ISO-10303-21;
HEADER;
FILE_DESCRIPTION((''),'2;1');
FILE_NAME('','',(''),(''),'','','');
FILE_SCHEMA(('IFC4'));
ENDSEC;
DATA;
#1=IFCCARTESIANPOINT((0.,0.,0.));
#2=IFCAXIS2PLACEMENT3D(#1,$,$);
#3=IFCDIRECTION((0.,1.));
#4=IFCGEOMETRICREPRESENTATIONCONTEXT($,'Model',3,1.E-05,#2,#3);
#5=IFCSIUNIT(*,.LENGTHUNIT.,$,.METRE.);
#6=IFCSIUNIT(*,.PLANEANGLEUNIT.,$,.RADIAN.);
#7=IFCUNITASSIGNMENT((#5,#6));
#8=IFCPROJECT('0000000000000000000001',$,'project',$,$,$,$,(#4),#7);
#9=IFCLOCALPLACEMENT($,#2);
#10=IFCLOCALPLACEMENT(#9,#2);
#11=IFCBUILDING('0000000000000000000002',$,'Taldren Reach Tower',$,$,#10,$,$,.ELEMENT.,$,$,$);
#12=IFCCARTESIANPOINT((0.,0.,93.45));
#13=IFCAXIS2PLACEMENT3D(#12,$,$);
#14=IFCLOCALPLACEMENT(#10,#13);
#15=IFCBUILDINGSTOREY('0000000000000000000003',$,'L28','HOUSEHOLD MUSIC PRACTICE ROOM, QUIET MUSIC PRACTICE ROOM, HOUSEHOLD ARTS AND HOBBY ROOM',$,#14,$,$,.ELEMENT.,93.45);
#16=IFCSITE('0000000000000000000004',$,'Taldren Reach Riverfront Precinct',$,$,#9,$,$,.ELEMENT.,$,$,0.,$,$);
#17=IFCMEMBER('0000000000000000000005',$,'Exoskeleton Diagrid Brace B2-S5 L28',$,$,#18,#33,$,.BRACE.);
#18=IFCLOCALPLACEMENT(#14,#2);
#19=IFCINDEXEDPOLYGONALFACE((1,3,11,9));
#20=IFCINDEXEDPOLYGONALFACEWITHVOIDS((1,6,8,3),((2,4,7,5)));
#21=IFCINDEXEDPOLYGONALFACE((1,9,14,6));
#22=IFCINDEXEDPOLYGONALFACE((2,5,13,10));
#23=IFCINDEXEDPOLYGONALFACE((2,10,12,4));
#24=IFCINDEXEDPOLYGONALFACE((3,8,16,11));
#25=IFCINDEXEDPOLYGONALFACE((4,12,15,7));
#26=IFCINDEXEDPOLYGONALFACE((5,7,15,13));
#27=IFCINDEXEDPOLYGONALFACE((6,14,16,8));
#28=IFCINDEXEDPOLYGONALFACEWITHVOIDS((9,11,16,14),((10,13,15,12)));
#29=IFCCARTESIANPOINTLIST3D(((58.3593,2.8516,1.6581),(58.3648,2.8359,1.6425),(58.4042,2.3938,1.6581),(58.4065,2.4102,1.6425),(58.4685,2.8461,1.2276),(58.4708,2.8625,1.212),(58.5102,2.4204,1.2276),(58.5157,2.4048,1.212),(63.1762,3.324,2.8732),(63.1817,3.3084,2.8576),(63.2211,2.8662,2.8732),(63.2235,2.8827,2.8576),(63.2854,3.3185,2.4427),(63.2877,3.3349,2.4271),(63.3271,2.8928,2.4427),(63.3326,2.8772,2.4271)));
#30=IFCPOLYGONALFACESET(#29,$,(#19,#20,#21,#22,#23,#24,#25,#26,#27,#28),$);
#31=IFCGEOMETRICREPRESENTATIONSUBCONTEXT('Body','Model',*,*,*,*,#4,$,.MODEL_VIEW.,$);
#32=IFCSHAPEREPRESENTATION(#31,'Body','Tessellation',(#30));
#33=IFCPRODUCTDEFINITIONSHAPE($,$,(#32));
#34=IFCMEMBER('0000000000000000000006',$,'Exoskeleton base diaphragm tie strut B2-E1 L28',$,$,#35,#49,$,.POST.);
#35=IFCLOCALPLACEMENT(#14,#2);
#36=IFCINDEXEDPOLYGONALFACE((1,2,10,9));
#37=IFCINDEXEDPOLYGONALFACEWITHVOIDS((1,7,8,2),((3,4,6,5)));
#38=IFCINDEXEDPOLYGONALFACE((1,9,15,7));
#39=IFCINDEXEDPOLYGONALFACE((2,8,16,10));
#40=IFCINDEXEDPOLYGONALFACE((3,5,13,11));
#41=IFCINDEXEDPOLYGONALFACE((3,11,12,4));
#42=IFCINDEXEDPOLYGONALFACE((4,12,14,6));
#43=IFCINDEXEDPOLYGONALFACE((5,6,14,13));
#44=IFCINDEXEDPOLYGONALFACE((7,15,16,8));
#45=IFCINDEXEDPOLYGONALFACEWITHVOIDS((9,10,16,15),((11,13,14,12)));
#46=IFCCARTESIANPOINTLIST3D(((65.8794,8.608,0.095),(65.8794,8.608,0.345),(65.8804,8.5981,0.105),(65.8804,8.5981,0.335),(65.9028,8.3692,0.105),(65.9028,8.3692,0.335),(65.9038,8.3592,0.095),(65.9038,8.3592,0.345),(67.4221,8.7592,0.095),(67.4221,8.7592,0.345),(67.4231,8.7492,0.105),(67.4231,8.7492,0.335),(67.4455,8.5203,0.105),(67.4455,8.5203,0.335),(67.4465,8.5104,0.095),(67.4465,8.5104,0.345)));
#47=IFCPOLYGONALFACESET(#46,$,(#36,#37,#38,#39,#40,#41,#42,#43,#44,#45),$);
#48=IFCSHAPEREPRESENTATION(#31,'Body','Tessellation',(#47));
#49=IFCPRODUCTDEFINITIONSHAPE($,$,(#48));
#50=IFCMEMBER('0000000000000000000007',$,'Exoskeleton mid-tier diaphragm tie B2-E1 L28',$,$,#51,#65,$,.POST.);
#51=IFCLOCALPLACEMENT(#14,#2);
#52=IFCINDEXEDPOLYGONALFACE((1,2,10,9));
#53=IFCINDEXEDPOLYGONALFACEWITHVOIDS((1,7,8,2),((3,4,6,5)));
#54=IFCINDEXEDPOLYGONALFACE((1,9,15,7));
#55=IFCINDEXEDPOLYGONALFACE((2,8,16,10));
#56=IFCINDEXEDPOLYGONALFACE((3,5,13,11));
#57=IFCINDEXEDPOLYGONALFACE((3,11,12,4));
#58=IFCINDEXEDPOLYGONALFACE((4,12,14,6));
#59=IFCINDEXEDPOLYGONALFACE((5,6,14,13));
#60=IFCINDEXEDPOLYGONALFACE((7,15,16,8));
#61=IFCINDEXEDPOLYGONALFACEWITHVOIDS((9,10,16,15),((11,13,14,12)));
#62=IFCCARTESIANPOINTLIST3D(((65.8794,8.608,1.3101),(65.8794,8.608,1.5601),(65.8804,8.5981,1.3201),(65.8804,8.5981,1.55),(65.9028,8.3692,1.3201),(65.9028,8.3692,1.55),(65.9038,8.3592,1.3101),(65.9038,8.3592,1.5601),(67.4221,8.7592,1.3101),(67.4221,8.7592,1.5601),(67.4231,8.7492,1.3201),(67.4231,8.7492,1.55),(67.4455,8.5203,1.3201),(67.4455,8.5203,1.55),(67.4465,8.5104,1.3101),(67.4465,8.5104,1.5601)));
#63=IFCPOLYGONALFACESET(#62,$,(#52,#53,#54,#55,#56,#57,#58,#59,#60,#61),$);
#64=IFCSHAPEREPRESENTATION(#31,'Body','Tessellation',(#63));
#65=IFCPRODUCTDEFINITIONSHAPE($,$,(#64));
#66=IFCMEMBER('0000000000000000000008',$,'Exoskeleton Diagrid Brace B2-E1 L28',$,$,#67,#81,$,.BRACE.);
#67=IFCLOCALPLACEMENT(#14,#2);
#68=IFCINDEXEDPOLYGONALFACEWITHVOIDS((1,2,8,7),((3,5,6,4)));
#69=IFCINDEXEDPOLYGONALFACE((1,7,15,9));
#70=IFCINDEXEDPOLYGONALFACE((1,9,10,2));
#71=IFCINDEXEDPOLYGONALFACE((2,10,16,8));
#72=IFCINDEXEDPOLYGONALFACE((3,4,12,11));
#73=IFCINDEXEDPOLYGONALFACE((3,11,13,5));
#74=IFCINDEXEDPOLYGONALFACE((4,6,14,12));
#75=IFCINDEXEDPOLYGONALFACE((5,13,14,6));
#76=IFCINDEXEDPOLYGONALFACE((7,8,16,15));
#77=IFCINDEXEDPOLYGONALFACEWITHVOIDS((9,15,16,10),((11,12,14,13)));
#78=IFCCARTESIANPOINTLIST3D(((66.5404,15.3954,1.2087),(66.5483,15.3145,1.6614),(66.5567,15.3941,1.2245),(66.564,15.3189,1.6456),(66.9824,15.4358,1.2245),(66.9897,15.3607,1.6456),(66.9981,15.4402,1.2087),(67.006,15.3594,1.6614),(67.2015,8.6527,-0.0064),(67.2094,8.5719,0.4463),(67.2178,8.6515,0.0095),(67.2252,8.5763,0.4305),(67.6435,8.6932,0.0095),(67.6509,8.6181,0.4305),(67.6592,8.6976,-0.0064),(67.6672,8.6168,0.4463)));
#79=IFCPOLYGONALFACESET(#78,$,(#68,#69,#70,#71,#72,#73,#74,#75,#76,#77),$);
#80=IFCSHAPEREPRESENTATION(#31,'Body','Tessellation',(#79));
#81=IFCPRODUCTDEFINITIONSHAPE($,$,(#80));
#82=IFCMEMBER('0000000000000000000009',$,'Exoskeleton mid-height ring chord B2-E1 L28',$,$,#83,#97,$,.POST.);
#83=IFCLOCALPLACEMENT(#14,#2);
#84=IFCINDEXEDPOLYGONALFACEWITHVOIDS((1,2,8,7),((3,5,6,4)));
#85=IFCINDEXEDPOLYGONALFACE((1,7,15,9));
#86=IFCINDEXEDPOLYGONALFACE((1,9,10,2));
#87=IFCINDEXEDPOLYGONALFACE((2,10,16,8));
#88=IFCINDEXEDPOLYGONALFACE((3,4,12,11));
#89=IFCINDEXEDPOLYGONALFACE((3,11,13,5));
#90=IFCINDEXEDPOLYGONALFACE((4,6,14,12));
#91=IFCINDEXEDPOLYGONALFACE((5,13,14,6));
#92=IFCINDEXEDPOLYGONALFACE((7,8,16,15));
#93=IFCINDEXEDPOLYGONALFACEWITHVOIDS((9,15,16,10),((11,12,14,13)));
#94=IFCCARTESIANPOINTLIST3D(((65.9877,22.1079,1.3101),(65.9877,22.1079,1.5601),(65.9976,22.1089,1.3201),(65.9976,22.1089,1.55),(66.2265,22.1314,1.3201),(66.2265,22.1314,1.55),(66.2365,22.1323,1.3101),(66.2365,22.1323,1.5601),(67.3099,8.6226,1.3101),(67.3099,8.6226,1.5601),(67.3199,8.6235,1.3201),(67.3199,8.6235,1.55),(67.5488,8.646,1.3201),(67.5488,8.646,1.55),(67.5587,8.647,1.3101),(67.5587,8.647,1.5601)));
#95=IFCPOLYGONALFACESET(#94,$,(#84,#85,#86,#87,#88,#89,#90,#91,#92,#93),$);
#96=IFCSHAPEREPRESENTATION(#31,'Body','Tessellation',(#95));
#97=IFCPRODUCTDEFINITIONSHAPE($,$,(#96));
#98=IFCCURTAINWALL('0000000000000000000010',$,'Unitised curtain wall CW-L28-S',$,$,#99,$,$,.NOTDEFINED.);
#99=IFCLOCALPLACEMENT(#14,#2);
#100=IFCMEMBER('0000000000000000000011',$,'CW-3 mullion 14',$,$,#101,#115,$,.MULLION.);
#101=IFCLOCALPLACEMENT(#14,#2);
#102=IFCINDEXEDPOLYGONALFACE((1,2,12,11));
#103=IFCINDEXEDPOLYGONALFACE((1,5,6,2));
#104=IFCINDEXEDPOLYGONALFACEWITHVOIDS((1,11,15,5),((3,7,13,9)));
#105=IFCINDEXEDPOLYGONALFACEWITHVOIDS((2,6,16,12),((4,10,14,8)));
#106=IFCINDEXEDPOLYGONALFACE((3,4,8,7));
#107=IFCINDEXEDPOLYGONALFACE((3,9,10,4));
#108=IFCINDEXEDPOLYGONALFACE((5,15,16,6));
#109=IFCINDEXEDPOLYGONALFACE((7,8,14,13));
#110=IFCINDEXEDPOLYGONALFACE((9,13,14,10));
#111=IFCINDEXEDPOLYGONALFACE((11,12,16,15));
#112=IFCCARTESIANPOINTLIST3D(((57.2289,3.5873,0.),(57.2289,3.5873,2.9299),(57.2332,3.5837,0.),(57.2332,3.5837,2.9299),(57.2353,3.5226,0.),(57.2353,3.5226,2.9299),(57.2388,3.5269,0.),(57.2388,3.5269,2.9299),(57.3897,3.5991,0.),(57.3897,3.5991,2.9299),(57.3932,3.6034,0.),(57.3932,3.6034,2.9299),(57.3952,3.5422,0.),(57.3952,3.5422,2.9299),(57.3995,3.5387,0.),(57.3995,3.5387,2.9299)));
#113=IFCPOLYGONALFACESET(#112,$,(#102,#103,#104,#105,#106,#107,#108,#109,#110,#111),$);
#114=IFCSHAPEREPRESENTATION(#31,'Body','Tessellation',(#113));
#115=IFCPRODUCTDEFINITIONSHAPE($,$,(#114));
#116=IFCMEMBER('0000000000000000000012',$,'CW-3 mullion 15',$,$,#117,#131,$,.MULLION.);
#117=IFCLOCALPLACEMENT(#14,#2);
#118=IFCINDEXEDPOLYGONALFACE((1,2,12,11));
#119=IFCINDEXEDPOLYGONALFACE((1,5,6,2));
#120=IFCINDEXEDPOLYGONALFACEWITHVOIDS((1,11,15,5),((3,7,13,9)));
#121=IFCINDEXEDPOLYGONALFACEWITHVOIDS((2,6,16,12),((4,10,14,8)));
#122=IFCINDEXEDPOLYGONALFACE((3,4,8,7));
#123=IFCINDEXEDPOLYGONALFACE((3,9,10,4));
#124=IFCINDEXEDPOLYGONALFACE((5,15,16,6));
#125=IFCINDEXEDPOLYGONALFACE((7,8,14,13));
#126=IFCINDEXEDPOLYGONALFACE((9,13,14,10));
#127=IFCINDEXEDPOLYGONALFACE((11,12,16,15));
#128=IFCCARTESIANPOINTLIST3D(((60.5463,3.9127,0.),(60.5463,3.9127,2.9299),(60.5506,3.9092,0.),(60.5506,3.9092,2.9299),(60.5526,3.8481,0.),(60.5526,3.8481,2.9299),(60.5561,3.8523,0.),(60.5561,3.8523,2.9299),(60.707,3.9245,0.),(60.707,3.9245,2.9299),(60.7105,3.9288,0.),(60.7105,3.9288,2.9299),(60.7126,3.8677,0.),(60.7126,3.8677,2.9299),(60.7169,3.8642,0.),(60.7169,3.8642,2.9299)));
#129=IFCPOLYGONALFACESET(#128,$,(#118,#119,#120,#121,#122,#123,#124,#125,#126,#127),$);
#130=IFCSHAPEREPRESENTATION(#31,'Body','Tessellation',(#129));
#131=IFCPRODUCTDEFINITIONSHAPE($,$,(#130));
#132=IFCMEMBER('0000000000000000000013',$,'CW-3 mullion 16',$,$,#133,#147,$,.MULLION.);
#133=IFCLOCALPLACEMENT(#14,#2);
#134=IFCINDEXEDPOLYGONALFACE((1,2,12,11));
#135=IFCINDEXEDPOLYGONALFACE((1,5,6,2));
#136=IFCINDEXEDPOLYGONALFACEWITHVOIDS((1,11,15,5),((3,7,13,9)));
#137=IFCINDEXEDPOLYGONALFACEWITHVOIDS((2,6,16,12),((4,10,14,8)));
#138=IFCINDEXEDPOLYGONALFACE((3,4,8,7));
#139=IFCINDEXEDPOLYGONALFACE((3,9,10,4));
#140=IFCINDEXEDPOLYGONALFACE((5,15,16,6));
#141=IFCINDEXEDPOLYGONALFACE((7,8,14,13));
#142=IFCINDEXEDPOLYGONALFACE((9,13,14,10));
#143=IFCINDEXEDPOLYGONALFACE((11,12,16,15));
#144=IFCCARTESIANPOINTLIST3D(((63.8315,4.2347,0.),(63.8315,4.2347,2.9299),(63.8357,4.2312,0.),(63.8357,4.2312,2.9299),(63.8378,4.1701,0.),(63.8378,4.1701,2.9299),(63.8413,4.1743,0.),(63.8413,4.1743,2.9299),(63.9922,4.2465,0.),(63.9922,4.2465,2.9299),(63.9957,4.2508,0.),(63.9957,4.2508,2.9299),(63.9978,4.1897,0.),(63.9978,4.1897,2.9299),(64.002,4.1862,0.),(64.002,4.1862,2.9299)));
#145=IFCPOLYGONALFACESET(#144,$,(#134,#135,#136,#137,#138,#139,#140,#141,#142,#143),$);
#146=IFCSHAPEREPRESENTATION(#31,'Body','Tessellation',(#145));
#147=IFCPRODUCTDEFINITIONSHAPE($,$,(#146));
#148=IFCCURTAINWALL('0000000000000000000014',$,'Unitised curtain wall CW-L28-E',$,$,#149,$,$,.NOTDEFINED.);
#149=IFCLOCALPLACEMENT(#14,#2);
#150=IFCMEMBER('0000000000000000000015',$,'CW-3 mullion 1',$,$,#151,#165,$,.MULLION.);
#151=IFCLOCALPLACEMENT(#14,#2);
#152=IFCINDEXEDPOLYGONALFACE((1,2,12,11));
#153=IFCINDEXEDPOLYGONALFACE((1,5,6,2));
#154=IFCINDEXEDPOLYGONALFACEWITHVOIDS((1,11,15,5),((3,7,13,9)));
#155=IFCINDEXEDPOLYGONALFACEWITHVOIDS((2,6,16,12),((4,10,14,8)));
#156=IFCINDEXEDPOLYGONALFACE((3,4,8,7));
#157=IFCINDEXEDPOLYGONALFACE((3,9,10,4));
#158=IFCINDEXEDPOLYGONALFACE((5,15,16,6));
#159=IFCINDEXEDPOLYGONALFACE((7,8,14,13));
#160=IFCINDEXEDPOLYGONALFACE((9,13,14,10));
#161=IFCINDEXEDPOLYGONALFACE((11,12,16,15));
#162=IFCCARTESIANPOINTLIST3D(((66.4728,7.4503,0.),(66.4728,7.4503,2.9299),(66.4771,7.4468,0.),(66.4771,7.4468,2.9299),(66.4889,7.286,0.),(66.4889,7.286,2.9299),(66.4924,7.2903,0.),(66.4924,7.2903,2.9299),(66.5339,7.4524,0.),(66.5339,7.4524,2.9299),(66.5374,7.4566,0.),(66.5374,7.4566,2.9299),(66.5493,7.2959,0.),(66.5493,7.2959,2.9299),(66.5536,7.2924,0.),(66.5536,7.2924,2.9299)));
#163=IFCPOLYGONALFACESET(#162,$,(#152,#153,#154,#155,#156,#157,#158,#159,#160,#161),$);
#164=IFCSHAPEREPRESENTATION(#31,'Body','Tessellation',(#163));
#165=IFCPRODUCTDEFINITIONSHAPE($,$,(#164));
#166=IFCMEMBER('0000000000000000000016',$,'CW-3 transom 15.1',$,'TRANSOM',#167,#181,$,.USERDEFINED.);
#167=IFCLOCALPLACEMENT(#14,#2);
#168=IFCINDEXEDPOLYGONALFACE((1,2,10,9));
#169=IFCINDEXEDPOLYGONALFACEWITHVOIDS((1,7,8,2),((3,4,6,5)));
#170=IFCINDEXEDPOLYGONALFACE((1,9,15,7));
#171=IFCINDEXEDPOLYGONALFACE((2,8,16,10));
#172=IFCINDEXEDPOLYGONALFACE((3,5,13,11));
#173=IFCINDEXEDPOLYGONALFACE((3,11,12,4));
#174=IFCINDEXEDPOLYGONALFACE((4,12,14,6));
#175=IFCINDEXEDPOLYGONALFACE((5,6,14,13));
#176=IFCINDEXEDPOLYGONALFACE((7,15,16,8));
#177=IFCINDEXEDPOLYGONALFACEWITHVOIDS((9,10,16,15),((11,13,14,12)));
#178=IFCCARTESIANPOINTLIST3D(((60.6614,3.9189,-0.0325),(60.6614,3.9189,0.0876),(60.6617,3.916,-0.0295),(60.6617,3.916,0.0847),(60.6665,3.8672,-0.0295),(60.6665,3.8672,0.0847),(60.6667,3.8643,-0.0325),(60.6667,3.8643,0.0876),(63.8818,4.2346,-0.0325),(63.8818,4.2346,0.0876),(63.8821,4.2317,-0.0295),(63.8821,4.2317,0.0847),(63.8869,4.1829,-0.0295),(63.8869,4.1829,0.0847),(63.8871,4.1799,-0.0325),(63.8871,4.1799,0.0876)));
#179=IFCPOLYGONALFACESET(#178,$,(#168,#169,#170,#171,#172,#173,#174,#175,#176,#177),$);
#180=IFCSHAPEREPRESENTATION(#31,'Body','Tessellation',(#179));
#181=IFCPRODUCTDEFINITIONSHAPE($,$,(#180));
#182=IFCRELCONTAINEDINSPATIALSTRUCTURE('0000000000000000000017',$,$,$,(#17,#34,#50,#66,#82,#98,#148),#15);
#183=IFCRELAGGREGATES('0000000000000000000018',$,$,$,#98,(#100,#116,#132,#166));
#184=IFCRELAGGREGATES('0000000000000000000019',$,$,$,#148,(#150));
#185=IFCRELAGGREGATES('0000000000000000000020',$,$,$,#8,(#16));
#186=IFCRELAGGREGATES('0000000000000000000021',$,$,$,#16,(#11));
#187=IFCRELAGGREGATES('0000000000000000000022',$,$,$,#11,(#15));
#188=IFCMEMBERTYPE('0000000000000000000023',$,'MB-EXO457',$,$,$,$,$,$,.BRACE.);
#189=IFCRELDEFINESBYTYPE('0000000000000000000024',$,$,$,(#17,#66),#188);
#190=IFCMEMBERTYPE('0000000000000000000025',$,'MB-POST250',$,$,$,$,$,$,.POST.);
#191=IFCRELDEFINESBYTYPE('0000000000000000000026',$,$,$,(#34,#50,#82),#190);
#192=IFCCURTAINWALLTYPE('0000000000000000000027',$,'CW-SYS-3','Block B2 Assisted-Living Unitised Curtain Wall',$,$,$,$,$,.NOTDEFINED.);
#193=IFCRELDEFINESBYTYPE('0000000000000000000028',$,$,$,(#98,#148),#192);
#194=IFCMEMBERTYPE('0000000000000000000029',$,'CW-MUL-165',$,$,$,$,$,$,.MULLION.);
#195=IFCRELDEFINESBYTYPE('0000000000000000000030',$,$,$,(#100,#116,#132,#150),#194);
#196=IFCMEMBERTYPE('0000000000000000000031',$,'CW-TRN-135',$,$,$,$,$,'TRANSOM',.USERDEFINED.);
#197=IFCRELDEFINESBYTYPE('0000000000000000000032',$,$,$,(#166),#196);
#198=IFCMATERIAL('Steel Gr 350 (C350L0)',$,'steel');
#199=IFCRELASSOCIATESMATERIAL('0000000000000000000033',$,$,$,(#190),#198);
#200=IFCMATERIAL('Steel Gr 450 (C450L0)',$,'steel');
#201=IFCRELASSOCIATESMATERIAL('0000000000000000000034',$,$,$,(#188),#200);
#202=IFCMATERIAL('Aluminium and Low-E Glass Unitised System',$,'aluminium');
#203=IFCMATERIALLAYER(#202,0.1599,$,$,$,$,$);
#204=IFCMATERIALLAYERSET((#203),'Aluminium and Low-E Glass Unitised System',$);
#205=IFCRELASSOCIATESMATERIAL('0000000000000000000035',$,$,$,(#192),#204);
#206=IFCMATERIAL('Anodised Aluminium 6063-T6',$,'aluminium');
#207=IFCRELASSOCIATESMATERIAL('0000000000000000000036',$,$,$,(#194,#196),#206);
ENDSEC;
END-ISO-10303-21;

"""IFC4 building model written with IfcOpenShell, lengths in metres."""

from ifc_helpers import new_model, si_unit, direction, frame, origin, origin_2d, place, context, subcontext, project, spatial, hollow_rectangle, extrude, source, transform, mapped, material, layer, layer_set, material_profile, profile_set, type_object, element, aggregate, save


model = new_model("IFC4")

# Units and contexts
model_context = context("Model", 3, precision=1e-05, world=origin(), true_north=direction((0.0, 1.0)))
body_context = subcontext(model_context, "Body", "Model", "MODEL_VIEW")
ifc_project = project(units=[si_unit("LENGTHUNIT", "METRE"), si_unit("PLANEANGLEUNIT", "RADIAN")], contexts=[model_context])

# Site, building, storey
site_placement = place(None, origin())
site = spatial("IfcSite", under=ifc_project, at=site_placement, Name="Taldren Reach Riverfront Precinct", CompositionType="ELEMENT", RefElevation=0.0)
building_placement = place(site_placement, origin())
building = spatial("IfcBuilding", under=site, at=building_placement, Name="Taldren Reach Tower", CompositionType="ELEMENT")
storey_placement = place(building_placement, frame((0.0, 0.0, 93.45)))
storey = spatial("IfcBuildingStorey", under=building, at=storey_placement, Name="L28", Description="HOUSEHOLD MUSIC PRACTICE ROOM, QUIET MUSIC PRACTICE ROOM, HOUSEHOLD ARTS AND HOBBY ROOM", CompositionType="ELEMENT", Elevation=93.45)

# Shared definitions
ifc_material_1 = material(Name="Steel Gr 450 (C450L0)", Category="steel")
ifc_material_2 = material(Name="Steel Gr 350 (C350L0)", Category="steel")
ifc_material_profile_1 = material_profile(ifc_material_2, hollow_rectangle(XDim=0.25, YDim=0.25, WallThickness=0.01, at=origin_2d()), Name="250x250x10.0SHS")
ifc_profile_set_1 = profile_set([ifc_material_profile_1], Name="Steel Gr 350 (C350L0)")
member_type_1 = type_object("IfcMemberType", Name="MB-POST250", PredefinedType="POST", material=ifc_profile_set_1)

# Members
ifc_material_profile_2 = material_profile(ifc_material_1, hollow_rectangle(XDim=0.46, YDim=0.46, WallThickness=0.0161, at=origin_2d()), Name="460x460x16.0SHS")
ifc_profile_set_2 = profile_set([ifc_material_profile_2], Name="Steel Gr 450 (C450L0)")
member_type_2 = type_object("IfcMemberType", Name="MB-EXO457", PredefinedType="BRACE", material=ifc_profile_set_2)
shared_shape_1 = source(origin(), body_context, "Body", "SweptSolid", [
    extrude(hollow_rectangle(XDim=0.46, YDim=0.46, WallThickness=0.0161, at=origin_2d()), origin(), (0.0, 0.0, 1.0), 4.9902),
])
member_1_placement = place(storey_placement, frame((58.4375, 2.6282, 1.4351), z_axis=(0.965271, 0.094668, 0.243495), x_axis=(-0.097606, 0.995225, 0.0)))
element("IfcMember", 1, at=member_1_placement, inside=storey, type_object=member_type_2, Name="Exoskeleton Diagrid Brace B2-S5 L28", PredefinedType="BRACE", context=body_context, shape_type="MappedRepresentation", body=[
    mapped(shared_shape_1, transform((0.0, 0.0, 0.0), scale=1.0)),
])
shared_shape_2 = source(origin(), body_context, "Body", "SweptSolid", [
    extrude(hollow_rectangle(XDim=0.25, YDim=0.25, WallThickness=0.01, at=origin_2d()), origin(), (0.0, 0.0, 1.0), 1.55),
])
for number, where, z_axis, x_axis, name in (
    (2, (65.8916, 8.4836, 0.22), (0.995236, 0.097492, 0.0), (-0.097492, 0.995236, 0.0), "Exoskeleton base diaphragm tie strut B2-E1 L28"),
    (3, (65.8916, 8.4836, 1.4351), (0.995236, 0.097492, 0.0), (-0.097492, 0.995236, 0.0), "Exoskeleton mid-tier diaphragm tie B2-E1 L28"),
):
    element("IfcMember", number, at=place(storey_placement, frame(where, z_axis=z_axis, x_axis=x_axis)), inside=storey, type_object=member_type_1, Name=name, PredefinedType="POST", context=body_context, shape_type="MappedRepresentation", body=[
        mapped(shared_shape_2, transform((0.0, 0.0, 0.0), scale=1.0)),
    ])
shared_shape_3 = source(origin(), body_context, "Body", "SweptSolid", [
    extrude(hollow_rectangle(XDim=0.46, YDim=0.46, WallThickness=0.0161, at=origin_2d()), origin(), (0.0, 0.0, 1.0), 6.8831),
])
member_2_placement = place(storey_placement, frame((67.4343, 8.6348, 0.22), z_axis=(-0.096051, 0.979597, 0.176532), x_axis=(-0.995227, -0.097584, 0.0)))
element("IfcMember", 4, at=member_2_placement, inside=storey, type_object=member_type_2, Name="Exoskeleton Diagrid Brace B2-E1 L28", PredefinedType="BRACE", context=body_context, shape_type="MappedRepresentation", body=[
    mapped(shared_shape_3, transform((0.0, 0.0, 0.0), scale=1.0)),
])
shared_shape_4 = source(origin(), body_context, "Body", "SweptSolid", [
    extrude(hollow_rectangle(XDim=0.25, YDim=0.25, WallThickness=0.01, at=origin_2d()), origin(), (0.0, 0.0, 1.0), 13.55),
])
member_3_placement = place(storey_placement, frame((67.4343, 8.6348, 1.4351), z_axis=(-0.097584, 0.995227, 0.0), x_axis=(-0.995227, -0.097584, 0.0)))
element("IfcMember", 5, at=member_3_placement, inside=storey, type_object=member_type_1, Name="Exoskeleton mid-height ring chord B2-E1 L28", PredefinedType="POST", context=body_context, shape_type="MappedRepresentation", body=[
    mapped(shared_shape_4, transform((0.0, 0.0, 0.0), scale=1.0)),
])

# Curtain wall, members
ifc_material_3 = material(Name="Aluminium and Low-E Glass Unitised System", Category="aluminium")
ifc_layer_1 = layer(ifc_material_3, 0.1599)
ifc_layer_set_1 = layer_set([ifc_layer_1], Name="Aluminium and Low-E Glass Unitised System")
curtain_wall_type = type_object("IfcCurtainWallType", Name="CW-SYS-3", Description="Block B2 Assisted-Living Unitised Curtain Wall", PredefinedType="NOTDEFINED", material=ifc_layer_set_1)
curtain_wall_1_placement = place(storey_placement, origin())
curtain_wall_1 = element("IfcCurtainWall", 6, at=curtain_wall_1_placement, inside=storey, type_object=curtain_wall_type, Name="Unitised curtain wall CW-L28-S", PredefinedType="NOTDEFINED")
ifc_material_4 = material(Name="Anodised Aluminium 6063-T6", Category="aluminium")
ifc_material_profile_3 = material_profile(ifc_material_4, hollow_rectangle(XDim=0.0649, YDim=0.165, WallThickness=0.0039, at=origin_2d()), Name="ALU-165x65x4RHS")
ifc_profile_set_3 = profile_set([ifc_material_profile_3], Name="Anodised Aluminium 6063-T6")
member_type_3 = type_object("IfcMemberType", Name="CW-MUL-165", PredefinedType="MULLION", material=ifc_profile_set_3)
shared_shape_5 = source(origin(), body_context, "Body", "SweptSolid", [
    extrude(hollow_rectangle(XDim=0.0649, YDim=0.165, WallThickness=0.0039, at=origin_2d()), origin(), (0.0, 0.0, 1.0), 2.9299),
])
member_4_placement = place(storey_placement, frame((57.3142, 3.563, 0.0), z_axis=(0.0, 0.0, 1.0), x_axis=(-0.097583, 0.995227, 0.0)))
member_4 = element("IfcMember", 7, at=member_4_placement, type_object=member_type_3, Name="CW-3 mullion 14", PredefinedType="MULLION", context=body_context, shape_type="MappedRepresentation", body=[
    mapped(shared_shape_5, transform((0.0, 0.0, 0.0), scale=1.0)),
])
member_5_placement = place(storey_placement, frame((60.6316, 3.8884, 0.0), z_axis=(0.0, 0.0, 1.0), x_axis=(-0.097583, 0.995227, 0.0)))
member_5 = element("IfcMember", 8, at=member_5_placement, type_object=member_type_3, Name="CW-3 mullion 15", PredefinedType="MULLION", context=body_context, shape_type="MappedRepresentation", body=[
    mapped(shared_shape_5, transform((0.0, 0.0, 0.0), scale=1.0)),
])
member_6_placement = place(storey_placement, frame((63.9167, 4.2104, 0.0), z_axis=(0.0, 0.0, 1.0), x_axis=(-0.097583, 0.995227, 0.0)))
member_6 = element("IfcMember", 9, at=member_6_placement, type_object=member_type_3, Name="CW-3 mullion 16", PredefinedType="MULLION", context=body_context, shape_type="MappedRepresentation", body=[
    mapped(shared_shape_5, transform((0.0, 0.0, 0.0), scale=1.0)),
])

# Curtain wall, member
curtain_wall_2_placement = place(storey_placement, origin())
curtain_wall_2 = element("IfcCurtainWall", 10, at=curtain_wall_2_placement, inside=storey, type_object=curtain_wall_type, Name="Unitised curtain wall CW-L28-E", PredefinedType="NOTDEFINED")
member_7_placement = place(storey_placement, frame((66.5132, 7.3713, 0.0), z_axis=(0.0, 0.0, 1.0), x_axis=(-0.995227, -0.097583, 0.0)))
member_7 = element("IfcMember", 11, at=member_7_placement, type_object=member_type_3, Name="CW-3 mullion 1", PredefinedType="MULLION", context=body_context, shape_type="MappedRepresentation", body=[
    mapped(shared_shape_5, transform((0.0, 0.0, 0.0), scale=1.0)),
])

# Member
ifc_material_profile_4 = material_profile(ifc_material_4, hollow_rectangle(XDim=0.0549, YDim=0.1201, WallThickness=0.0029, at=origin_2d()), Name="ALU-120x55x3RHS")
ifc_profile_set_4 = profile_set([ifc_material_profile_4], Name="Anodised Aluminium 6063-T6")
member_type_4 = type_object("IfcMemberType", Name="CW-TRN-135", ElementType="TRANSOM", PredefinedType="USERDEFINED", material=ifc_profile_set_4)
shared_shape_6 = source(origin(), body_context, "Body", "SweptSolid", [
    extrude(hollow_rectangle(XDim=0.0549, YDim=0.1201, WallThickness=0.0029, at=origin_2d()), origin(), (0.0, 0.0, 1.0), 3.2358),
])
member_8_placement = place(storey_placement, frame((60.6641, 3.8916, 0.0276), z_axis=(0.99523, 0.097554, 0.0), x_axis=(-0.097554, 0.99523, 0.0)))
member_8 = element("IfcMember", 12, at=member_8_placement, type_object=member_type_4, Name="CW-3 transom 15.1", ObjectType="TRANSOM", PredefinedType="USERDEFINED", context=body_context, shape_type="MappedRepresentation", body=[
    mapped(shared_shape_6, transform((0.0, 0.0, 0.0), scale=1.0)),
])

aggregate(curtain_wall_1, [member_4, member_5, member_6, member_8])
aggregate(curtain_wall_2, [member_7])

save(model, "model.ifc")
